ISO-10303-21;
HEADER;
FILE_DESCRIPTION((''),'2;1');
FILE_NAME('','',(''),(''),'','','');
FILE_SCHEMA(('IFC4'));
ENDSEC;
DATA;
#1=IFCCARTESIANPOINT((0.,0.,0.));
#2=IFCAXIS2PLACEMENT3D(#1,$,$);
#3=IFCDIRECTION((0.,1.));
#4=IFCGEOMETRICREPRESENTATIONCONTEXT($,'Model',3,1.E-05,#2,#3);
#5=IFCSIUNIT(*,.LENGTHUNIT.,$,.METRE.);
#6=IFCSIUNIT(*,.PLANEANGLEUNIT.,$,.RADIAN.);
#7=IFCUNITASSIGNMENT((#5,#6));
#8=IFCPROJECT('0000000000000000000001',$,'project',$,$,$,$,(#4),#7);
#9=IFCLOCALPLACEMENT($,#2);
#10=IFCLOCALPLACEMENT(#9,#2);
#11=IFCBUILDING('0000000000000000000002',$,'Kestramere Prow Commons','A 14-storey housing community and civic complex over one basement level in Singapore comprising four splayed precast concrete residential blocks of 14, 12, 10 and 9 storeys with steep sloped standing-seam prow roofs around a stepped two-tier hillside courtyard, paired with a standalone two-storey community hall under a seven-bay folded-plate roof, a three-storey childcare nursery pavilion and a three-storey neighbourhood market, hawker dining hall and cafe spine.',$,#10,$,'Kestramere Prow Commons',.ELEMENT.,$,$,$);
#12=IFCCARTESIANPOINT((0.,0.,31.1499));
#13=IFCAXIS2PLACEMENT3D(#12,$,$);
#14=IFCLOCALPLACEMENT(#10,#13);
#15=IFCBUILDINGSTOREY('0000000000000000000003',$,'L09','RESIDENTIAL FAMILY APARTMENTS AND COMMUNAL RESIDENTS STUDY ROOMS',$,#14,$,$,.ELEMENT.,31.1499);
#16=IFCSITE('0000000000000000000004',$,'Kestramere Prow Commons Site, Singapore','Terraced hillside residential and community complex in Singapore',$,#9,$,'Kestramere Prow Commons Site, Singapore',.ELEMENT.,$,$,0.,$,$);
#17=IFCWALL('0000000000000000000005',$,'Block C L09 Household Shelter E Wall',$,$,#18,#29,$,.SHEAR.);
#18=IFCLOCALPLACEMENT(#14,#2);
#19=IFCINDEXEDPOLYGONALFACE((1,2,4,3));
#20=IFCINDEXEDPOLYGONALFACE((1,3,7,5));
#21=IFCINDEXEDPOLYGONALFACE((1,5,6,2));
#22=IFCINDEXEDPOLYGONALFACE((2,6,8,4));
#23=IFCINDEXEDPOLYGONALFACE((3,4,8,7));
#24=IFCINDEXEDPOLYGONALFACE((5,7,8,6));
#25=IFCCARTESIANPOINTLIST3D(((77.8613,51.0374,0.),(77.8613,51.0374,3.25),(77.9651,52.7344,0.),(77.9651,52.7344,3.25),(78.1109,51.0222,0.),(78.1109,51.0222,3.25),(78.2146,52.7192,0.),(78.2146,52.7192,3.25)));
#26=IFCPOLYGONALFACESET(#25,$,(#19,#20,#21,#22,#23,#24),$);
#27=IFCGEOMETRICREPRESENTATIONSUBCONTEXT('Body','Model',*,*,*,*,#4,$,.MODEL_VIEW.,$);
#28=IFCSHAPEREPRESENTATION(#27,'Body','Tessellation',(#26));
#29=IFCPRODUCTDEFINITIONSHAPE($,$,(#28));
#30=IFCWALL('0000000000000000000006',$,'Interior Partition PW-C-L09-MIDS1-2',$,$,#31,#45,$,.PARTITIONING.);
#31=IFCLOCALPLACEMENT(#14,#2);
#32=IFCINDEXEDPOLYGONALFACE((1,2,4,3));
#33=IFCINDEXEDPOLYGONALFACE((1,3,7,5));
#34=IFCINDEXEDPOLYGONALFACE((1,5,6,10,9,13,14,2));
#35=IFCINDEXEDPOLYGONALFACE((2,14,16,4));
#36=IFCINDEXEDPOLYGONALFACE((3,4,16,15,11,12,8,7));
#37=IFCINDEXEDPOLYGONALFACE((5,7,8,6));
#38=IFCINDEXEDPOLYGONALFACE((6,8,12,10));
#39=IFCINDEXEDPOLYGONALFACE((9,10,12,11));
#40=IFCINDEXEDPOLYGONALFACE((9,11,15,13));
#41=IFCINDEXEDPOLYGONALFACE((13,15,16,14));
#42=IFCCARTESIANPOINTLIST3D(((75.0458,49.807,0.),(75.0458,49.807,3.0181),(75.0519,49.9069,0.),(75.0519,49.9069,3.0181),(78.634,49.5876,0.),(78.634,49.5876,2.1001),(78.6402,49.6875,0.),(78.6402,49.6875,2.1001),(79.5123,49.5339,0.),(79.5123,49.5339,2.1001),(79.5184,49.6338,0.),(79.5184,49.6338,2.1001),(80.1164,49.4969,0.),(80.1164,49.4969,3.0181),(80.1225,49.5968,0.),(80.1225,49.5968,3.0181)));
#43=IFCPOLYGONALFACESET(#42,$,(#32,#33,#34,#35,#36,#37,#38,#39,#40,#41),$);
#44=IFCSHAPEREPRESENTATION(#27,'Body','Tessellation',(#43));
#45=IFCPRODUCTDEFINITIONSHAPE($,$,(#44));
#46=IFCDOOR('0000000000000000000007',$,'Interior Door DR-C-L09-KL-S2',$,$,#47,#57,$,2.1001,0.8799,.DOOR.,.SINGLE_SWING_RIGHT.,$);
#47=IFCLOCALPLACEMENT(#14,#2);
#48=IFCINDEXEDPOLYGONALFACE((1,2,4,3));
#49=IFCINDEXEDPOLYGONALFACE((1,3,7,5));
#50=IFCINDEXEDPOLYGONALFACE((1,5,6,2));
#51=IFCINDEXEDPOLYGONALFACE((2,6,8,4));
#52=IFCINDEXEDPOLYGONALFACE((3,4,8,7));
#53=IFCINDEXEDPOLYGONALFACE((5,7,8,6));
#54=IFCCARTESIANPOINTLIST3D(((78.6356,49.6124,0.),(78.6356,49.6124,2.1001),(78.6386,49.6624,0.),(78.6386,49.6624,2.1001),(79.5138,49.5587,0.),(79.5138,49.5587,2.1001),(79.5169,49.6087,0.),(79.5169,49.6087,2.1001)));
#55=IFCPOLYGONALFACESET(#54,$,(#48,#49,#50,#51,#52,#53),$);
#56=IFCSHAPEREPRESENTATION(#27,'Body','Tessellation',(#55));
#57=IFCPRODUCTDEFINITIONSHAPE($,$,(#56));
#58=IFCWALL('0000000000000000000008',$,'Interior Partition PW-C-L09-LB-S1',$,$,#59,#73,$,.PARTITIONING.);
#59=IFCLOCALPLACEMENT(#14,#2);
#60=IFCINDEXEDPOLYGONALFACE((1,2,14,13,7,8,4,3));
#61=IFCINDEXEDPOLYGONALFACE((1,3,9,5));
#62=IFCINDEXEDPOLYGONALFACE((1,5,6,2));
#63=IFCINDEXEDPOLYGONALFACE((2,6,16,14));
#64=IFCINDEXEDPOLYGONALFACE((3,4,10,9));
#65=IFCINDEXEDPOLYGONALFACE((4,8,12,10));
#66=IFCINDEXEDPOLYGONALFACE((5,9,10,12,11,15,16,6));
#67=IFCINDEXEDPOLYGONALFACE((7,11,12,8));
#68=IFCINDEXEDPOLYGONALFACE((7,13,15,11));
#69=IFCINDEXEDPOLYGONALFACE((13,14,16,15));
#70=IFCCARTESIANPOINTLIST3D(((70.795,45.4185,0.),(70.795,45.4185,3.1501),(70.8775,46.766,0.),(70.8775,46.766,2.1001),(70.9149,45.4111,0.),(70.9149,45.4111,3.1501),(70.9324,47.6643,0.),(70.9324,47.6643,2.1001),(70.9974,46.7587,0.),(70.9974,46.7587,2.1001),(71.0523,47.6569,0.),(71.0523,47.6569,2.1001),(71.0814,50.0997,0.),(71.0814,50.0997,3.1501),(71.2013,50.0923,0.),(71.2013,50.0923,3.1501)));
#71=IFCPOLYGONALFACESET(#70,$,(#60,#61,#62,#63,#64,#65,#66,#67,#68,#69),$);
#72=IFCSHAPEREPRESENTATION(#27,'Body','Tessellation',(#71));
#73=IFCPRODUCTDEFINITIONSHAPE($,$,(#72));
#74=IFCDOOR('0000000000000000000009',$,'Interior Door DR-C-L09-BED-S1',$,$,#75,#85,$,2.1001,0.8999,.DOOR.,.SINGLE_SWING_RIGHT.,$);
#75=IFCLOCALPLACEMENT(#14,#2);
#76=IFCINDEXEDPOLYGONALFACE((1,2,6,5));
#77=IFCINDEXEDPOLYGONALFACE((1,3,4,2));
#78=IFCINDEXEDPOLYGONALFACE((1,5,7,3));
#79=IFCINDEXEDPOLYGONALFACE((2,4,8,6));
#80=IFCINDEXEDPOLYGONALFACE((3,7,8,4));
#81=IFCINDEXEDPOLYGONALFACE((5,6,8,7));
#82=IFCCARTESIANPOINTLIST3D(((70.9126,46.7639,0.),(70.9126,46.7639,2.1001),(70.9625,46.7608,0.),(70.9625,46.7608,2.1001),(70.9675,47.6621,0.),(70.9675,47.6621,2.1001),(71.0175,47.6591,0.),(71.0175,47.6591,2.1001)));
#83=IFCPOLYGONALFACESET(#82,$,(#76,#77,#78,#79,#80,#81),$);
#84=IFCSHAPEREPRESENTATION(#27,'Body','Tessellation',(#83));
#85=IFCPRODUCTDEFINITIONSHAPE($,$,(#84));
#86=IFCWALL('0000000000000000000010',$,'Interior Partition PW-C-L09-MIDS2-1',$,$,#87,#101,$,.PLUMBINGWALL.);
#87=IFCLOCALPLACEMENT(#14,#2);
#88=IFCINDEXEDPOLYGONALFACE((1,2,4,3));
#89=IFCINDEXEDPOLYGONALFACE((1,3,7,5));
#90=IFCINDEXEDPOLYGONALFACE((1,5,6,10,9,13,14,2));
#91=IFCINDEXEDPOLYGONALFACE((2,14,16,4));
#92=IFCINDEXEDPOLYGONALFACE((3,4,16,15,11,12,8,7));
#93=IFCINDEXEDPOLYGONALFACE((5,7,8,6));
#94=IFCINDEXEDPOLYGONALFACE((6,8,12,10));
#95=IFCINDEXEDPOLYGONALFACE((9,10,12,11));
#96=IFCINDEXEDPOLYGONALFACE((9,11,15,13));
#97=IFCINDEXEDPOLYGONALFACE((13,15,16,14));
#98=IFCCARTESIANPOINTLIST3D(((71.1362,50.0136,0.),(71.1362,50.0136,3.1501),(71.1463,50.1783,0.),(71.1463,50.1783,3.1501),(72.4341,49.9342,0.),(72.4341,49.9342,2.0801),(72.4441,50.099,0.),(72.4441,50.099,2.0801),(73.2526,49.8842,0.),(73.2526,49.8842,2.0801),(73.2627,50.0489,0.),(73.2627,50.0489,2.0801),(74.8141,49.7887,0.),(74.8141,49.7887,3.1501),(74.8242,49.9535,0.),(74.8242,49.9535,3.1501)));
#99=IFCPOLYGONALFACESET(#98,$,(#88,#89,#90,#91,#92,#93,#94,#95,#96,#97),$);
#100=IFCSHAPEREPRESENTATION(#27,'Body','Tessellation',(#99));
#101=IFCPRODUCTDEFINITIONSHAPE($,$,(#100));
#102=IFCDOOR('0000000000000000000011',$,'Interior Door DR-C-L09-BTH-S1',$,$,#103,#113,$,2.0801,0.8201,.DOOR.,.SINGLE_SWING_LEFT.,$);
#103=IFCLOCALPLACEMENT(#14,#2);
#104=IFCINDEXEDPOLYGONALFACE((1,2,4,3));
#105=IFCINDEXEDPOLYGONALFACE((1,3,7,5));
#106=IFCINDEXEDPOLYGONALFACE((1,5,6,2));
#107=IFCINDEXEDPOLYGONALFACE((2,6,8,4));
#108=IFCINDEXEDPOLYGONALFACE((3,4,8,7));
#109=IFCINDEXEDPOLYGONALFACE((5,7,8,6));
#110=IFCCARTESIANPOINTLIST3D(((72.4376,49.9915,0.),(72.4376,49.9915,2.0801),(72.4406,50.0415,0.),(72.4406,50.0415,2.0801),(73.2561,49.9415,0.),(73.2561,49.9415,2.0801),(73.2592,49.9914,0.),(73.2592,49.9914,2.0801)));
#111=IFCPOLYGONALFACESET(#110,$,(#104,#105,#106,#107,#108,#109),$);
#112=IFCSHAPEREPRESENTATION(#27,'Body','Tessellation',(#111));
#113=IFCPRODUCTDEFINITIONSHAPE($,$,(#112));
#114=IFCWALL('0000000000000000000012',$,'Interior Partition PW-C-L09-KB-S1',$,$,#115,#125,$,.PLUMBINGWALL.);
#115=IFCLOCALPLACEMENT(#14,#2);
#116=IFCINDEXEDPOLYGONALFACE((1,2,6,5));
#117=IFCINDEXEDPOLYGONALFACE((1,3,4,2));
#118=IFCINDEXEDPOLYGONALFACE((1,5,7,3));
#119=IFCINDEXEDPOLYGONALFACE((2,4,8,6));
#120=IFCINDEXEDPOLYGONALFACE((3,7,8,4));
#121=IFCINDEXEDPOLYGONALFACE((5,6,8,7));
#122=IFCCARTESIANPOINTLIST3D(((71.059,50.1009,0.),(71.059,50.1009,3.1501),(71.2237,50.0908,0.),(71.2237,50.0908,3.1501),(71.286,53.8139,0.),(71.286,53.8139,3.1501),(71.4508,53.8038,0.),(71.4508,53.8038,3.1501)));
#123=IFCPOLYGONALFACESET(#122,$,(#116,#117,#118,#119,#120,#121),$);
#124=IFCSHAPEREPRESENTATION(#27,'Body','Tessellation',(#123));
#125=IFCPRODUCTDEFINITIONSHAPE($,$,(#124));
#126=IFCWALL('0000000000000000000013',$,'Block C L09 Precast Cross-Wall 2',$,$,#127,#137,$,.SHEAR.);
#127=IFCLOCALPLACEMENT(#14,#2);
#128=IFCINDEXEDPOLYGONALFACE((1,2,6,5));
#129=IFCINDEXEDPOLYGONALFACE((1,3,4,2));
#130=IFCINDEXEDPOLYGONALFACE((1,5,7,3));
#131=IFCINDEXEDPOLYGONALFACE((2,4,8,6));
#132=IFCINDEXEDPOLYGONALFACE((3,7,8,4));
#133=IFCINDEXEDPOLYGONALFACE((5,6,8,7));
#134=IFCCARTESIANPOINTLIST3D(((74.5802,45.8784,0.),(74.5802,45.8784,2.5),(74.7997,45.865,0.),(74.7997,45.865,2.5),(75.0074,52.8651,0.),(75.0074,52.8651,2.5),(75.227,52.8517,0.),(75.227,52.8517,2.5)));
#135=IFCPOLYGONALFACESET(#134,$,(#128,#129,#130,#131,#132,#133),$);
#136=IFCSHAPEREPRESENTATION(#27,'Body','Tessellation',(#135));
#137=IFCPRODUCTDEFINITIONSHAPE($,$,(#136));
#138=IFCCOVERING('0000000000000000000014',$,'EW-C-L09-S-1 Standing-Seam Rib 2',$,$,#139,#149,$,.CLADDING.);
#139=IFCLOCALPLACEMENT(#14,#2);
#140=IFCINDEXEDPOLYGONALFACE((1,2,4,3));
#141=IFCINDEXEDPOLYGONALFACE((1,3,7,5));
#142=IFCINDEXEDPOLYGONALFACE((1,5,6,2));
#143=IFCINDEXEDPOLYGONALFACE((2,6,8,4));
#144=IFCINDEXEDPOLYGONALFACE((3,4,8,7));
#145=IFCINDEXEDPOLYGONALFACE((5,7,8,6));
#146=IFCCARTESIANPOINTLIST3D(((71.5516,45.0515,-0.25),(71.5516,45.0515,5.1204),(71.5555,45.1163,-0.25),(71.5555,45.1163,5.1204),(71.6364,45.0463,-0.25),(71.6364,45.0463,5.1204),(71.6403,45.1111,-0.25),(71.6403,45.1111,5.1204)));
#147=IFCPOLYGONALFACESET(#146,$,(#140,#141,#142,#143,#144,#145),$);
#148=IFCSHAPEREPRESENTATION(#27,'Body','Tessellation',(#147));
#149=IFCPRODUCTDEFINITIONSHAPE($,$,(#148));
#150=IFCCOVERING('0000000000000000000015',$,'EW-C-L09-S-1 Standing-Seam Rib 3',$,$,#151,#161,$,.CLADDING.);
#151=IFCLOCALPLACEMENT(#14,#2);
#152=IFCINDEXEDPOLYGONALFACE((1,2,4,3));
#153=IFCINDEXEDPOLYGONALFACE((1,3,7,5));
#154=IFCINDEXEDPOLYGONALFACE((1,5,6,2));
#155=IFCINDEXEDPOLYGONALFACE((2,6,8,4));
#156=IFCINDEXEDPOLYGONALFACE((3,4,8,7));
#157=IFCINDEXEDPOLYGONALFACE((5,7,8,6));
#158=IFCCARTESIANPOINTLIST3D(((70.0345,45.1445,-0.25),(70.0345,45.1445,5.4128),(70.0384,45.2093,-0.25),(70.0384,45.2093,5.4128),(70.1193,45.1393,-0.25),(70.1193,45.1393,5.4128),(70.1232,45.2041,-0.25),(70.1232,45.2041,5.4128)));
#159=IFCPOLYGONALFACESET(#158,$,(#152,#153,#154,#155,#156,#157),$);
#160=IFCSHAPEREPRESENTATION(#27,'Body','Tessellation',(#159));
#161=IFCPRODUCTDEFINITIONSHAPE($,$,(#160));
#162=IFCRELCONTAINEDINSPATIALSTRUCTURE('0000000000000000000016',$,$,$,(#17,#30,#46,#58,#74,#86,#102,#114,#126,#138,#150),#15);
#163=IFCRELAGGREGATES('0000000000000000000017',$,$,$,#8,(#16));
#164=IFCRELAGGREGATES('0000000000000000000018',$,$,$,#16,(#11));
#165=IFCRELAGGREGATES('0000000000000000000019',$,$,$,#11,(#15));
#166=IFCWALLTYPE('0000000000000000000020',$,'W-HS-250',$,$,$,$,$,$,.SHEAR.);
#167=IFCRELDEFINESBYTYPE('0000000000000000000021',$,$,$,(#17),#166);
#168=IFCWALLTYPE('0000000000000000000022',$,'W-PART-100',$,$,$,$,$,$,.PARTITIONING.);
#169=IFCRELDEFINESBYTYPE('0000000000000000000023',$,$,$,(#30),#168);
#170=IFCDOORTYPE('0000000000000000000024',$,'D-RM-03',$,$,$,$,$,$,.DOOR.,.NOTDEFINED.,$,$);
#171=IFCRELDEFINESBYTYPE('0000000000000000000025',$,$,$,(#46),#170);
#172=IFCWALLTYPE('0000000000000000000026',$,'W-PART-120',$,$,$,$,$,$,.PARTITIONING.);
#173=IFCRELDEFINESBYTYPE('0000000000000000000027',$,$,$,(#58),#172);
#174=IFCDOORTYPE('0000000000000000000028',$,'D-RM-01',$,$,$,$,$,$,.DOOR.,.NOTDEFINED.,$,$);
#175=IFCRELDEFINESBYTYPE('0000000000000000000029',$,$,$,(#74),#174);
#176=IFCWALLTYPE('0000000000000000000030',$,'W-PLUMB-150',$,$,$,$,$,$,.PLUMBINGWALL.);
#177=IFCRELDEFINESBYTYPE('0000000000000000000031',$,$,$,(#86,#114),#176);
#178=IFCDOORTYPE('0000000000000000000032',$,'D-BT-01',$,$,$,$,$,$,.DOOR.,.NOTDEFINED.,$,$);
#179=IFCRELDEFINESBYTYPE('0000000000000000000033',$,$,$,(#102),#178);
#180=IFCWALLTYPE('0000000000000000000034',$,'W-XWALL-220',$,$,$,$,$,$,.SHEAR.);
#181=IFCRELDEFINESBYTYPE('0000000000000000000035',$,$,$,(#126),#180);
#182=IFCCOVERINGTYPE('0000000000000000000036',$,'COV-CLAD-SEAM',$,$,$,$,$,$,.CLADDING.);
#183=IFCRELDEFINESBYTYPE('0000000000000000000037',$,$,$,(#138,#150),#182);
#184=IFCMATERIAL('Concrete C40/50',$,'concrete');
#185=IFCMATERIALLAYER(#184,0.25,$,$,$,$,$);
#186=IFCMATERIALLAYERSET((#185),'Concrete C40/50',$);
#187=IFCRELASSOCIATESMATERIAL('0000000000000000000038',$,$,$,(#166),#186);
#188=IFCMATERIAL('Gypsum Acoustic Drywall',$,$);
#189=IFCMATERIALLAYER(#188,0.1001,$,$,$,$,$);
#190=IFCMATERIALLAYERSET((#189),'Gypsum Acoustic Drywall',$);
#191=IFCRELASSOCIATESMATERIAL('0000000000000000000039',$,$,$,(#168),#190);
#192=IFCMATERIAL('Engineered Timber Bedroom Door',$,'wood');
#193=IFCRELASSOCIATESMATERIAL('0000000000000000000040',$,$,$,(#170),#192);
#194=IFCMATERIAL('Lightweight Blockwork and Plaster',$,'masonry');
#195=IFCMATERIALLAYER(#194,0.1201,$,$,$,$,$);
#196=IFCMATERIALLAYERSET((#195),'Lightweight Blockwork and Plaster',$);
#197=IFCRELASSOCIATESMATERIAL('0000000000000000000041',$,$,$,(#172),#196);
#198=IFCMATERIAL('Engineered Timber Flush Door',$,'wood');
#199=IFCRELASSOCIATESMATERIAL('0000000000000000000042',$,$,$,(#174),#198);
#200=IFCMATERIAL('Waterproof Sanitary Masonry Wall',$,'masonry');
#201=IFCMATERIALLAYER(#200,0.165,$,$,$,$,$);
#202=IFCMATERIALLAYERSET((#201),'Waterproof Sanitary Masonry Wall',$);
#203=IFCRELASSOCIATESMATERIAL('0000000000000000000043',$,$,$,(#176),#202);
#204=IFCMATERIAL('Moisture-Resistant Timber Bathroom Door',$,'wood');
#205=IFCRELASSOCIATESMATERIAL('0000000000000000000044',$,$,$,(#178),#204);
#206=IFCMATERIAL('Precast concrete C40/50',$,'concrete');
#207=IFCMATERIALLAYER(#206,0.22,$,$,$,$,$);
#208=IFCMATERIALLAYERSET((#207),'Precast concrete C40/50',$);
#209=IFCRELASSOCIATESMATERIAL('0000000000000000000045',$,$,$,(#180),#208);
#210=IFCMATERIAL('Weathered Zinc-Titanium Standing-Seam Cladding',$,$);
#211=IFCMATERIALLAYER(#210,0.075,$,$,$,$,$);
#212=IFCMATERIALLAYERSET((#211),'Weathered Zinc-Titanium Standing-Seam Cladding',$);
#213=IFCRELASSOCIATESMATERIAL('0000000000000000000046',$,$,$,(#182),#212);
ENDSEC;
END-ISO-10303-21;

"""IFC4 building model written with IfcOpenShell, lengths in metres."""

from ifc_helpers import new_model, si_unit, direction, frame, frame_2d, origin, origin_2d, place, context, subcontext, project, spatial, rectangle, extrude, material, layer, layer_set, type_object, element, fill, save


model = new_model("IFC4")

# Units and contexts
model_context = context("Model", 3, precision=1e-05, world=origin(), true_north=direction((0.0, 1.0)))
body_context = subcontext(model_context, "Body", "Model", "MODEL_VIEW")
ifc_project = project(units=[si_unit("LENGTHUNIT", "METRE"), si_unit("PLANEANGLEUNIT", "RADIAN")], contexts=[model_context])

# Site, building, storey
site_placement = place(None, origin())
site = spatial("IfcSite", under=ifc_project, at=site_placement, Name="Kestramere Prow Commons Site, Singapore", Description="Terraced hillside residential and community complex in Singapore", LongName="Kestramere Prow Commons Site, Singapore", CompositionType="ELEMENT", RefElevation=0.0)
building_placement = place(site_placement, origin())
building = spatial("IfcBuilding", under=site, at=building_placement, Name="Kestramere Prow Commons", Description="A 14-storey housing community and civic complex over one basement level in Singapore comprising four splayed precast concrete residential blocks of 14, 12, 10 and 9 storeys with steep sloped standing-seam prow roofs around a stepped two-tier hillside courtyard, paired with a standalone two-storey community hall under a seven-bay folded-plate roof, a three-storey childcare nursery pavilion and a three-storey neighbourhood market, hawker dining hall and cafe spine.", LongName="Kestramere Prow Commons", CompositionType="ELEMENT")
storey_placement = place(building_placement, frame((0.0, 0.0, 31.1499)))
storey = spatial("IfcBuildingStorey", under=building, at=storey_placement, Name="L09", Description="RESIDENTIAL FAMILY APARTMENTS AND COMMUNAL RESIDENTS STUDY ROOMS", CompositionType="ELEMENT", Elevation=31.1499)

# Shared definitions
ifc_material_1 = material(Name="Precast concrete C40/50", Category="concrete")

# Shared definitions
ifc_material_2 = material(Name="Concrete C40/50", Category="concrete")
ifc_layer_1 = layer(ifc_material_2, 0.25)
ifc_layer_set_1 = layer_set([ifc_layer_1], Name="Concrete C40/50")
wall_type_1 = type_object("IfcWallType", Name="W-HS-250", PredefinedType="SHEAR", material=ifc_layer_set_1)

# Wall
wall_1_placement = place(storey_placement, frame((77.9861, 51.0298, 0.0), z_axis=(0.0, 0.0, 1.0), x_axis=(0.061028, 0.998136, 0.0)))
element("IfcWall", 1, at=wall_1_placement, inside=storey, type_object=wall_type_1, Name="Block C L09 Household Shelter E Wall", PredefinedType="SHEAR", context=body_context, shape_type="SweptSolid", body=[
    extrude(rectangle(XDim=1.7002, YDim=0.25, at=frame_2d((0.8501, 0.0))), origin(), (0.0, 0.0, 1.0), 3.25),
])

# Walls, openings, doors
ifc_material_3 = material(Name="Gypsum Acoustic Drywall")
ifc_layer_2 = layer(ifc_material_3, 0.1001)
ifc_layer_set_2 = layer_set([ifc_layer_2], Name="Gypsum Acoustic Drywall")
wall_type_2 = type_object("IfcWallType", Name="W-PART-100", PredefinedType="PARTITIONING", material=ifc_layer_set_2)
wall_2_placement = place(storey_placement, frame((75.0488, 49.8569, 0.0), z_axis=(0.0, 0.0, 1.0), x_axis=(0.998136, -0.061035, 0.0)))
wall_2 = element("IfcWall", 2, at=wall_2_placement, inside=storey, type_object=wall_type_2, Name="Interior Partition PW-C-L09-MIDS1-2", PredefinedType="PARTITIONING", context=body_context, shape_type="SweptSolid", body=[
    extrude(rectangle(XDim=5.0801, YDim=0.1001, at=frame_2d((2.54, 0.0))), origin(), (0.0, 0.0, 1.0), 3.0181),
])
opening_1_placement = place(wall_2_placement, frame((3.595, 0.0, 0.0)))
opening_1 = element("IfcOpeningElement", 3, at=opening_1_placement, cuts=wall_2, PredefinedType="OPENING", context=body_context, shape_type="SweptSolid", body=[
    extrude(rectangle(XDim=0.8799, YDim=2.1001, at=frame_2d((0.4399, 1.05))), frame((0.0, 0.0649, 0.0), z_axis=(0.0, -1.0, 0.0), x_axis=(1.0, 0.0, 0.0)), (0.0, 0.0, 1.0), 0.1301),
])
ifc_material_4 = material(Name="Engineered Timber Bedroom Door", Category="wood")
door_type_1 = type_object("IfcDoorType", Name="D-RM-03", OperationType="NOTDEFINED", PredefinedType="DOOR", material=ifc_material_4)
door_1_placement = place(opening_1_placement, origin())
door_1 = element("IfcDoor", 4, at=door_1_placement, inside=storey, type_object=door_type_1, Name="Interior Door DR-C-L09-KL-S2", OperationType="SINGLE_SWING_RIGHT", OverallHeight=2.1001, OverallWidth=0.8799, PredefinedType="DOOR", context=body_context, shape_type="SweptSolid", body=[
    extrude(rectangle(XDim=0.8799, YDim=2.1001, at=frame_2d((0.4399, 1.05))), frame((0.0, 0.0249, 0.0), z_axis=(0.0, -1.0, 0.0), x_axis=(1.0, 0.0, 0.0)), (0.0, 0.0, 1.0), 0.05),
])
fill(opening_1, door_1)
ifc_material_5 = material(Name="Lightweight Blockwork and Plaster", Category="masonry")
ifc_layer_3 = layer(ifc_material_5, 0.1201)
ifc_layer_set_3 = layer_set([ifc_layer_3], Name="Lightweight Blockwork and Plaster")
wall_type_3 = type_object("IfcWallType", Name="W-PART-120", PredefinedType="PARTITIONING", material=ifc_layer_set_3)
wall_3_placement = place(storey_placement, frame((70.855, 45.4148, 0.0), z_axis=(0.0, 0.0, 1.0), x_axis=(0.061062, 0.998134, 0.0)))
wall_3 = element("IfcWall", 5, at=wall_3_placement, inside=storey, type_object=wall_type_3, Name="Interior Partition PW-C-L09-LB-S1", PredefinedType="PARTITIONING", context=body_context, shape_type="SweptSolid", body=[
    extrude(rectangle(XDim=4.6899, YDim=0.1201, at=frame_2d((2.345, 0.0))), origin(), (0.0, 0.0, 1.0), 3.1501),
])
opening_2_placement = place(wall_3_placement, frame((1.3501, 0.0, 0.0)))
opening_2 = element("IfcOpeningElement", 6, at=opening_2_placement, cuts=wall_3, PredefinedType="OPENING", context=body_context, shape_type="SweptSolid", body=[
    extrude(rectangle(XDim=0.8999, YDim=2.1001, at=frame_2d((0.45, 1.05))), frame((0.0, 0.075, 0.0), z_axis=(0.0, -1.0, 0.0), x_axis=(1.0, 0.0, 0.0)), (0.0, 0.0, 1.0), 0.1501),
])
ifc_material_6 = material(Name="Engineered Timber Flush Door", Category="wood")
door_type_2 = type_object("IfcDoorType", Name="D-RM-01", OperationType="NOTDEFINED", PredefinedType="DOOR", material=ifc_material_6)
door_2_placement = place(opening_2_placement, origin())
door_2 = element("IfcDoor", 7, at=door_2_placement, inside=storey, type_object=door_type_2, Name="Interior Door DR-C-L09-BED-S1", OperationType="SINGLE_SWING_RIGHT", OverallHeight=2.1001, OverallWidth=0.8999, PredefinedType="DOOR", context=body_context, shape_type="SweptSolid", body=[
    extrude(rectangle(XDim=0.8999, YDim=2.1001, at=frame_2d((0.45, 1.05))), frame((0.0, 0.0249, 0.0), z_axis=(0.0, -1.0, 0.0), x_axis=(1.0, 0.0, 0.0)), (0.0, 0.0, 1.0), 0.05),
])
fill(opening_2, door_2)
ifc_material_7 = material(Name="Waterproof Sanitary Masonry Wall", Category="masonry")
ifc_layer_4 = layer(ifc_material_7, 0.165)
ifc_layer_set_4 = layer_set([ifc_layer_4], Name="Waterproof Sanitary Masonry Wall")
wall_type_4 = type_object("IfcWallType", Name="W-PLUMB-150", PredefinedType="PLUMBINGWALL", material=ifc_layer_set_4)
wall_4_placement = place(storey_placement, frame((71.1414, 50.0959, 0.0), z_axis=(0.0, 0.0, 1.0), x_axis=(0.998136, -0.061021, 0.0)))
wall_4 = element("IfcWall", 8, at=wall_4_placement, inside=storey, type_object=wall_type_4, Name="Interior Partition PW-C-L09-MIDS2-1", PredefinedType="PLUMBINGWALL", context=body_context, shape_type="SweptSolid", body=[
    extrude(rectangle(XDim=3.6848, YDim=0.165, at=frame_2d((1.8423, 0.0))), origin(), (0.0, 0.0, 1.0), 3.1501),
])
opening_3_placement = place(wall_4_placement, frame((1.3, 0.0, 0.0)))
opening_3 = element("IfcOpeningElement", 9, at=opening_3_placement, cuts=wall_4, PredefinedType="OPENING", context=body_context, shape_type="SweptSolid", body=[
    extrude(rectangle(XDim=0.8201, YDim=2.0801, at=frame_2d((0.4102, 1.04))), frame((0.0, 0.0974, 0.0), z_axis=(0.0, -1.0, 0.0), x_axis=(1.0, 0.0, 0.0)), (0.0, 0.0, 1.0), 0.1951),
])
ifc_material_8 = material(Name="Moisture-Resistant Timber Bathroom Door", Category="wood")
door_type_3 = type_object("IfcDoorType", Name="D-BT-01", OperationType="NOTDEFINED", PredefinedType="DOOR", material=ifc_material_8)
door_3_placement = place(opening_3_placement, origin())
door_3 = element("IfcDoor", 10, at=door_3_placement, inside=storey, type_object=door_type_3, Name="Interior Door DR-C-L09-BTH-S1", OperationType="SINGLE_SWING_LEFT", OverallHeight=2.0801, OverallWidth=0.8201, PredefinedType="DOOR", context=body_context, shape_type="SweptSolid", body=[
    extrude(rectangle(XDim=0.8201, YDim=2.0801, at=frame_2d((0.4102, 1.04))), frame((0.0, 0.0249, 0.0), z_axis=(0.0, -1.0, 0.0), x_axis=(1.0, 0.0, 0.0)), (0.0, 0.0, 1.0), 0.05),
])
fill(opening_3, door_3)

# Walls
wall_5_placement = place(storey_placement, frame((71.1414, 50.0959, 0.0), z_axis=(0.0, 0.0, 1.0), x_axis=(0.061034, 0.998136, 0.0)))
element("IfcWall", 11, at=wall_5_placement, inside=storey, type_object=wall_type_4, Name="Interior Partition PW-C-L09-KB-S1", PredefinedType="PLUMBINGWALL", context=body_context, shape_type="SweptSolid", body=[
    extrude(rectangle(XDim=3.72, YDim=0.165, at=frame_2d((1.8599, 0.0))), origin(), (0.0, 0.0, 1.0), 3.1501),
])
ifc_layer_5 = layer(ifc_material_1, 0.22)
ifc_layer_set_5 = layer_set([ifc_layer_5], Name="Precast concrete C40/50")
wall_type_5 = type_object("IfcWallType", Name="W-XWALL-220", PredefinedType="SHEAR", material=ifc_layer_set_5)
wall_6_placement = place(storey_placement, frame((74.6899, 45.8716, 0.0), z_axis=(0.0, 0.0, 1.0), x_axis=(0.061036, 0.998136, 0.0)))
element("IfcWall", 12, at=wall_6_placement, inside=storey, type_object=wall_type_5, Name="Block C L09 Precast Cross-Wall 2", PredefinedType="SHEAR", context=body_context, shape_type="SweptSolid", body=[
    extrude(rectangle(XDim=6.9998, YDim=0.22, at=frame_2d((3.5, 0.0))), origin(), (0.0, 0.0, 1.0), 2.5),
])

# Coverings
ifc_material_9 = material(Name="Weathered Zinc-Titanium Standing-Seam Cladding")
ifc_layer_6 = layer(ifc_material_9, 0.075)
ifc_layer_set_6 = layer_set([ifc_layer_6], Name="Weathered Zinc-Titanium Standing-Seam Cladding")
covering_type = type_object("IfcCoveringType", Name="COV-CLAD-SEAM", PredefinedType="CLADDING", material=ifc_layer_set_6)
covering_1_placement = place(storey_placement, frame((71.5959, 45.0813, -0.25), z_axis=(0.0, 0.0, 1.0), x_axis=(-0.998135, 0.061049, 0.0)))
element("IfcCovering", 13, at=covering_1_placement, inside=storey, type_object=covering_type, Name="EW-C-L09-S-1 Standing-Seam Rib 2", PredefinedType="CLADDING", context=body_context, shape_type="SweptSolid", body=[
    extrude(rectangle(XDim=0.085, YDim=0.0649, at=origin_2d()), origin(), (0.0, 0.0, 1.0), 5.3704),
])
covering_2_placement = place(storey_placement, frame((70.0789, 45.1743, -0.25), z_axis=(0.0, 0.0, 1.0), x_axis=(-0.998135, 0.061049, 0.0)))
element("IfcCovering", 14, at=covering_2_placement, inside=storey, type_object=covering_type, Name="EW-C-L09-S-1 Standing-Seam Rib 3", PredefinedType="CLADDING", context=body_context, shape_type="SweptSolid", body=[
    extrude(rectangle(XDim=0.085, YDim=0.0649, at=origin_2d()), origin(), (0.0, 0.0, 1.0), 5.6628),
])

save(model, "model.ifc")
